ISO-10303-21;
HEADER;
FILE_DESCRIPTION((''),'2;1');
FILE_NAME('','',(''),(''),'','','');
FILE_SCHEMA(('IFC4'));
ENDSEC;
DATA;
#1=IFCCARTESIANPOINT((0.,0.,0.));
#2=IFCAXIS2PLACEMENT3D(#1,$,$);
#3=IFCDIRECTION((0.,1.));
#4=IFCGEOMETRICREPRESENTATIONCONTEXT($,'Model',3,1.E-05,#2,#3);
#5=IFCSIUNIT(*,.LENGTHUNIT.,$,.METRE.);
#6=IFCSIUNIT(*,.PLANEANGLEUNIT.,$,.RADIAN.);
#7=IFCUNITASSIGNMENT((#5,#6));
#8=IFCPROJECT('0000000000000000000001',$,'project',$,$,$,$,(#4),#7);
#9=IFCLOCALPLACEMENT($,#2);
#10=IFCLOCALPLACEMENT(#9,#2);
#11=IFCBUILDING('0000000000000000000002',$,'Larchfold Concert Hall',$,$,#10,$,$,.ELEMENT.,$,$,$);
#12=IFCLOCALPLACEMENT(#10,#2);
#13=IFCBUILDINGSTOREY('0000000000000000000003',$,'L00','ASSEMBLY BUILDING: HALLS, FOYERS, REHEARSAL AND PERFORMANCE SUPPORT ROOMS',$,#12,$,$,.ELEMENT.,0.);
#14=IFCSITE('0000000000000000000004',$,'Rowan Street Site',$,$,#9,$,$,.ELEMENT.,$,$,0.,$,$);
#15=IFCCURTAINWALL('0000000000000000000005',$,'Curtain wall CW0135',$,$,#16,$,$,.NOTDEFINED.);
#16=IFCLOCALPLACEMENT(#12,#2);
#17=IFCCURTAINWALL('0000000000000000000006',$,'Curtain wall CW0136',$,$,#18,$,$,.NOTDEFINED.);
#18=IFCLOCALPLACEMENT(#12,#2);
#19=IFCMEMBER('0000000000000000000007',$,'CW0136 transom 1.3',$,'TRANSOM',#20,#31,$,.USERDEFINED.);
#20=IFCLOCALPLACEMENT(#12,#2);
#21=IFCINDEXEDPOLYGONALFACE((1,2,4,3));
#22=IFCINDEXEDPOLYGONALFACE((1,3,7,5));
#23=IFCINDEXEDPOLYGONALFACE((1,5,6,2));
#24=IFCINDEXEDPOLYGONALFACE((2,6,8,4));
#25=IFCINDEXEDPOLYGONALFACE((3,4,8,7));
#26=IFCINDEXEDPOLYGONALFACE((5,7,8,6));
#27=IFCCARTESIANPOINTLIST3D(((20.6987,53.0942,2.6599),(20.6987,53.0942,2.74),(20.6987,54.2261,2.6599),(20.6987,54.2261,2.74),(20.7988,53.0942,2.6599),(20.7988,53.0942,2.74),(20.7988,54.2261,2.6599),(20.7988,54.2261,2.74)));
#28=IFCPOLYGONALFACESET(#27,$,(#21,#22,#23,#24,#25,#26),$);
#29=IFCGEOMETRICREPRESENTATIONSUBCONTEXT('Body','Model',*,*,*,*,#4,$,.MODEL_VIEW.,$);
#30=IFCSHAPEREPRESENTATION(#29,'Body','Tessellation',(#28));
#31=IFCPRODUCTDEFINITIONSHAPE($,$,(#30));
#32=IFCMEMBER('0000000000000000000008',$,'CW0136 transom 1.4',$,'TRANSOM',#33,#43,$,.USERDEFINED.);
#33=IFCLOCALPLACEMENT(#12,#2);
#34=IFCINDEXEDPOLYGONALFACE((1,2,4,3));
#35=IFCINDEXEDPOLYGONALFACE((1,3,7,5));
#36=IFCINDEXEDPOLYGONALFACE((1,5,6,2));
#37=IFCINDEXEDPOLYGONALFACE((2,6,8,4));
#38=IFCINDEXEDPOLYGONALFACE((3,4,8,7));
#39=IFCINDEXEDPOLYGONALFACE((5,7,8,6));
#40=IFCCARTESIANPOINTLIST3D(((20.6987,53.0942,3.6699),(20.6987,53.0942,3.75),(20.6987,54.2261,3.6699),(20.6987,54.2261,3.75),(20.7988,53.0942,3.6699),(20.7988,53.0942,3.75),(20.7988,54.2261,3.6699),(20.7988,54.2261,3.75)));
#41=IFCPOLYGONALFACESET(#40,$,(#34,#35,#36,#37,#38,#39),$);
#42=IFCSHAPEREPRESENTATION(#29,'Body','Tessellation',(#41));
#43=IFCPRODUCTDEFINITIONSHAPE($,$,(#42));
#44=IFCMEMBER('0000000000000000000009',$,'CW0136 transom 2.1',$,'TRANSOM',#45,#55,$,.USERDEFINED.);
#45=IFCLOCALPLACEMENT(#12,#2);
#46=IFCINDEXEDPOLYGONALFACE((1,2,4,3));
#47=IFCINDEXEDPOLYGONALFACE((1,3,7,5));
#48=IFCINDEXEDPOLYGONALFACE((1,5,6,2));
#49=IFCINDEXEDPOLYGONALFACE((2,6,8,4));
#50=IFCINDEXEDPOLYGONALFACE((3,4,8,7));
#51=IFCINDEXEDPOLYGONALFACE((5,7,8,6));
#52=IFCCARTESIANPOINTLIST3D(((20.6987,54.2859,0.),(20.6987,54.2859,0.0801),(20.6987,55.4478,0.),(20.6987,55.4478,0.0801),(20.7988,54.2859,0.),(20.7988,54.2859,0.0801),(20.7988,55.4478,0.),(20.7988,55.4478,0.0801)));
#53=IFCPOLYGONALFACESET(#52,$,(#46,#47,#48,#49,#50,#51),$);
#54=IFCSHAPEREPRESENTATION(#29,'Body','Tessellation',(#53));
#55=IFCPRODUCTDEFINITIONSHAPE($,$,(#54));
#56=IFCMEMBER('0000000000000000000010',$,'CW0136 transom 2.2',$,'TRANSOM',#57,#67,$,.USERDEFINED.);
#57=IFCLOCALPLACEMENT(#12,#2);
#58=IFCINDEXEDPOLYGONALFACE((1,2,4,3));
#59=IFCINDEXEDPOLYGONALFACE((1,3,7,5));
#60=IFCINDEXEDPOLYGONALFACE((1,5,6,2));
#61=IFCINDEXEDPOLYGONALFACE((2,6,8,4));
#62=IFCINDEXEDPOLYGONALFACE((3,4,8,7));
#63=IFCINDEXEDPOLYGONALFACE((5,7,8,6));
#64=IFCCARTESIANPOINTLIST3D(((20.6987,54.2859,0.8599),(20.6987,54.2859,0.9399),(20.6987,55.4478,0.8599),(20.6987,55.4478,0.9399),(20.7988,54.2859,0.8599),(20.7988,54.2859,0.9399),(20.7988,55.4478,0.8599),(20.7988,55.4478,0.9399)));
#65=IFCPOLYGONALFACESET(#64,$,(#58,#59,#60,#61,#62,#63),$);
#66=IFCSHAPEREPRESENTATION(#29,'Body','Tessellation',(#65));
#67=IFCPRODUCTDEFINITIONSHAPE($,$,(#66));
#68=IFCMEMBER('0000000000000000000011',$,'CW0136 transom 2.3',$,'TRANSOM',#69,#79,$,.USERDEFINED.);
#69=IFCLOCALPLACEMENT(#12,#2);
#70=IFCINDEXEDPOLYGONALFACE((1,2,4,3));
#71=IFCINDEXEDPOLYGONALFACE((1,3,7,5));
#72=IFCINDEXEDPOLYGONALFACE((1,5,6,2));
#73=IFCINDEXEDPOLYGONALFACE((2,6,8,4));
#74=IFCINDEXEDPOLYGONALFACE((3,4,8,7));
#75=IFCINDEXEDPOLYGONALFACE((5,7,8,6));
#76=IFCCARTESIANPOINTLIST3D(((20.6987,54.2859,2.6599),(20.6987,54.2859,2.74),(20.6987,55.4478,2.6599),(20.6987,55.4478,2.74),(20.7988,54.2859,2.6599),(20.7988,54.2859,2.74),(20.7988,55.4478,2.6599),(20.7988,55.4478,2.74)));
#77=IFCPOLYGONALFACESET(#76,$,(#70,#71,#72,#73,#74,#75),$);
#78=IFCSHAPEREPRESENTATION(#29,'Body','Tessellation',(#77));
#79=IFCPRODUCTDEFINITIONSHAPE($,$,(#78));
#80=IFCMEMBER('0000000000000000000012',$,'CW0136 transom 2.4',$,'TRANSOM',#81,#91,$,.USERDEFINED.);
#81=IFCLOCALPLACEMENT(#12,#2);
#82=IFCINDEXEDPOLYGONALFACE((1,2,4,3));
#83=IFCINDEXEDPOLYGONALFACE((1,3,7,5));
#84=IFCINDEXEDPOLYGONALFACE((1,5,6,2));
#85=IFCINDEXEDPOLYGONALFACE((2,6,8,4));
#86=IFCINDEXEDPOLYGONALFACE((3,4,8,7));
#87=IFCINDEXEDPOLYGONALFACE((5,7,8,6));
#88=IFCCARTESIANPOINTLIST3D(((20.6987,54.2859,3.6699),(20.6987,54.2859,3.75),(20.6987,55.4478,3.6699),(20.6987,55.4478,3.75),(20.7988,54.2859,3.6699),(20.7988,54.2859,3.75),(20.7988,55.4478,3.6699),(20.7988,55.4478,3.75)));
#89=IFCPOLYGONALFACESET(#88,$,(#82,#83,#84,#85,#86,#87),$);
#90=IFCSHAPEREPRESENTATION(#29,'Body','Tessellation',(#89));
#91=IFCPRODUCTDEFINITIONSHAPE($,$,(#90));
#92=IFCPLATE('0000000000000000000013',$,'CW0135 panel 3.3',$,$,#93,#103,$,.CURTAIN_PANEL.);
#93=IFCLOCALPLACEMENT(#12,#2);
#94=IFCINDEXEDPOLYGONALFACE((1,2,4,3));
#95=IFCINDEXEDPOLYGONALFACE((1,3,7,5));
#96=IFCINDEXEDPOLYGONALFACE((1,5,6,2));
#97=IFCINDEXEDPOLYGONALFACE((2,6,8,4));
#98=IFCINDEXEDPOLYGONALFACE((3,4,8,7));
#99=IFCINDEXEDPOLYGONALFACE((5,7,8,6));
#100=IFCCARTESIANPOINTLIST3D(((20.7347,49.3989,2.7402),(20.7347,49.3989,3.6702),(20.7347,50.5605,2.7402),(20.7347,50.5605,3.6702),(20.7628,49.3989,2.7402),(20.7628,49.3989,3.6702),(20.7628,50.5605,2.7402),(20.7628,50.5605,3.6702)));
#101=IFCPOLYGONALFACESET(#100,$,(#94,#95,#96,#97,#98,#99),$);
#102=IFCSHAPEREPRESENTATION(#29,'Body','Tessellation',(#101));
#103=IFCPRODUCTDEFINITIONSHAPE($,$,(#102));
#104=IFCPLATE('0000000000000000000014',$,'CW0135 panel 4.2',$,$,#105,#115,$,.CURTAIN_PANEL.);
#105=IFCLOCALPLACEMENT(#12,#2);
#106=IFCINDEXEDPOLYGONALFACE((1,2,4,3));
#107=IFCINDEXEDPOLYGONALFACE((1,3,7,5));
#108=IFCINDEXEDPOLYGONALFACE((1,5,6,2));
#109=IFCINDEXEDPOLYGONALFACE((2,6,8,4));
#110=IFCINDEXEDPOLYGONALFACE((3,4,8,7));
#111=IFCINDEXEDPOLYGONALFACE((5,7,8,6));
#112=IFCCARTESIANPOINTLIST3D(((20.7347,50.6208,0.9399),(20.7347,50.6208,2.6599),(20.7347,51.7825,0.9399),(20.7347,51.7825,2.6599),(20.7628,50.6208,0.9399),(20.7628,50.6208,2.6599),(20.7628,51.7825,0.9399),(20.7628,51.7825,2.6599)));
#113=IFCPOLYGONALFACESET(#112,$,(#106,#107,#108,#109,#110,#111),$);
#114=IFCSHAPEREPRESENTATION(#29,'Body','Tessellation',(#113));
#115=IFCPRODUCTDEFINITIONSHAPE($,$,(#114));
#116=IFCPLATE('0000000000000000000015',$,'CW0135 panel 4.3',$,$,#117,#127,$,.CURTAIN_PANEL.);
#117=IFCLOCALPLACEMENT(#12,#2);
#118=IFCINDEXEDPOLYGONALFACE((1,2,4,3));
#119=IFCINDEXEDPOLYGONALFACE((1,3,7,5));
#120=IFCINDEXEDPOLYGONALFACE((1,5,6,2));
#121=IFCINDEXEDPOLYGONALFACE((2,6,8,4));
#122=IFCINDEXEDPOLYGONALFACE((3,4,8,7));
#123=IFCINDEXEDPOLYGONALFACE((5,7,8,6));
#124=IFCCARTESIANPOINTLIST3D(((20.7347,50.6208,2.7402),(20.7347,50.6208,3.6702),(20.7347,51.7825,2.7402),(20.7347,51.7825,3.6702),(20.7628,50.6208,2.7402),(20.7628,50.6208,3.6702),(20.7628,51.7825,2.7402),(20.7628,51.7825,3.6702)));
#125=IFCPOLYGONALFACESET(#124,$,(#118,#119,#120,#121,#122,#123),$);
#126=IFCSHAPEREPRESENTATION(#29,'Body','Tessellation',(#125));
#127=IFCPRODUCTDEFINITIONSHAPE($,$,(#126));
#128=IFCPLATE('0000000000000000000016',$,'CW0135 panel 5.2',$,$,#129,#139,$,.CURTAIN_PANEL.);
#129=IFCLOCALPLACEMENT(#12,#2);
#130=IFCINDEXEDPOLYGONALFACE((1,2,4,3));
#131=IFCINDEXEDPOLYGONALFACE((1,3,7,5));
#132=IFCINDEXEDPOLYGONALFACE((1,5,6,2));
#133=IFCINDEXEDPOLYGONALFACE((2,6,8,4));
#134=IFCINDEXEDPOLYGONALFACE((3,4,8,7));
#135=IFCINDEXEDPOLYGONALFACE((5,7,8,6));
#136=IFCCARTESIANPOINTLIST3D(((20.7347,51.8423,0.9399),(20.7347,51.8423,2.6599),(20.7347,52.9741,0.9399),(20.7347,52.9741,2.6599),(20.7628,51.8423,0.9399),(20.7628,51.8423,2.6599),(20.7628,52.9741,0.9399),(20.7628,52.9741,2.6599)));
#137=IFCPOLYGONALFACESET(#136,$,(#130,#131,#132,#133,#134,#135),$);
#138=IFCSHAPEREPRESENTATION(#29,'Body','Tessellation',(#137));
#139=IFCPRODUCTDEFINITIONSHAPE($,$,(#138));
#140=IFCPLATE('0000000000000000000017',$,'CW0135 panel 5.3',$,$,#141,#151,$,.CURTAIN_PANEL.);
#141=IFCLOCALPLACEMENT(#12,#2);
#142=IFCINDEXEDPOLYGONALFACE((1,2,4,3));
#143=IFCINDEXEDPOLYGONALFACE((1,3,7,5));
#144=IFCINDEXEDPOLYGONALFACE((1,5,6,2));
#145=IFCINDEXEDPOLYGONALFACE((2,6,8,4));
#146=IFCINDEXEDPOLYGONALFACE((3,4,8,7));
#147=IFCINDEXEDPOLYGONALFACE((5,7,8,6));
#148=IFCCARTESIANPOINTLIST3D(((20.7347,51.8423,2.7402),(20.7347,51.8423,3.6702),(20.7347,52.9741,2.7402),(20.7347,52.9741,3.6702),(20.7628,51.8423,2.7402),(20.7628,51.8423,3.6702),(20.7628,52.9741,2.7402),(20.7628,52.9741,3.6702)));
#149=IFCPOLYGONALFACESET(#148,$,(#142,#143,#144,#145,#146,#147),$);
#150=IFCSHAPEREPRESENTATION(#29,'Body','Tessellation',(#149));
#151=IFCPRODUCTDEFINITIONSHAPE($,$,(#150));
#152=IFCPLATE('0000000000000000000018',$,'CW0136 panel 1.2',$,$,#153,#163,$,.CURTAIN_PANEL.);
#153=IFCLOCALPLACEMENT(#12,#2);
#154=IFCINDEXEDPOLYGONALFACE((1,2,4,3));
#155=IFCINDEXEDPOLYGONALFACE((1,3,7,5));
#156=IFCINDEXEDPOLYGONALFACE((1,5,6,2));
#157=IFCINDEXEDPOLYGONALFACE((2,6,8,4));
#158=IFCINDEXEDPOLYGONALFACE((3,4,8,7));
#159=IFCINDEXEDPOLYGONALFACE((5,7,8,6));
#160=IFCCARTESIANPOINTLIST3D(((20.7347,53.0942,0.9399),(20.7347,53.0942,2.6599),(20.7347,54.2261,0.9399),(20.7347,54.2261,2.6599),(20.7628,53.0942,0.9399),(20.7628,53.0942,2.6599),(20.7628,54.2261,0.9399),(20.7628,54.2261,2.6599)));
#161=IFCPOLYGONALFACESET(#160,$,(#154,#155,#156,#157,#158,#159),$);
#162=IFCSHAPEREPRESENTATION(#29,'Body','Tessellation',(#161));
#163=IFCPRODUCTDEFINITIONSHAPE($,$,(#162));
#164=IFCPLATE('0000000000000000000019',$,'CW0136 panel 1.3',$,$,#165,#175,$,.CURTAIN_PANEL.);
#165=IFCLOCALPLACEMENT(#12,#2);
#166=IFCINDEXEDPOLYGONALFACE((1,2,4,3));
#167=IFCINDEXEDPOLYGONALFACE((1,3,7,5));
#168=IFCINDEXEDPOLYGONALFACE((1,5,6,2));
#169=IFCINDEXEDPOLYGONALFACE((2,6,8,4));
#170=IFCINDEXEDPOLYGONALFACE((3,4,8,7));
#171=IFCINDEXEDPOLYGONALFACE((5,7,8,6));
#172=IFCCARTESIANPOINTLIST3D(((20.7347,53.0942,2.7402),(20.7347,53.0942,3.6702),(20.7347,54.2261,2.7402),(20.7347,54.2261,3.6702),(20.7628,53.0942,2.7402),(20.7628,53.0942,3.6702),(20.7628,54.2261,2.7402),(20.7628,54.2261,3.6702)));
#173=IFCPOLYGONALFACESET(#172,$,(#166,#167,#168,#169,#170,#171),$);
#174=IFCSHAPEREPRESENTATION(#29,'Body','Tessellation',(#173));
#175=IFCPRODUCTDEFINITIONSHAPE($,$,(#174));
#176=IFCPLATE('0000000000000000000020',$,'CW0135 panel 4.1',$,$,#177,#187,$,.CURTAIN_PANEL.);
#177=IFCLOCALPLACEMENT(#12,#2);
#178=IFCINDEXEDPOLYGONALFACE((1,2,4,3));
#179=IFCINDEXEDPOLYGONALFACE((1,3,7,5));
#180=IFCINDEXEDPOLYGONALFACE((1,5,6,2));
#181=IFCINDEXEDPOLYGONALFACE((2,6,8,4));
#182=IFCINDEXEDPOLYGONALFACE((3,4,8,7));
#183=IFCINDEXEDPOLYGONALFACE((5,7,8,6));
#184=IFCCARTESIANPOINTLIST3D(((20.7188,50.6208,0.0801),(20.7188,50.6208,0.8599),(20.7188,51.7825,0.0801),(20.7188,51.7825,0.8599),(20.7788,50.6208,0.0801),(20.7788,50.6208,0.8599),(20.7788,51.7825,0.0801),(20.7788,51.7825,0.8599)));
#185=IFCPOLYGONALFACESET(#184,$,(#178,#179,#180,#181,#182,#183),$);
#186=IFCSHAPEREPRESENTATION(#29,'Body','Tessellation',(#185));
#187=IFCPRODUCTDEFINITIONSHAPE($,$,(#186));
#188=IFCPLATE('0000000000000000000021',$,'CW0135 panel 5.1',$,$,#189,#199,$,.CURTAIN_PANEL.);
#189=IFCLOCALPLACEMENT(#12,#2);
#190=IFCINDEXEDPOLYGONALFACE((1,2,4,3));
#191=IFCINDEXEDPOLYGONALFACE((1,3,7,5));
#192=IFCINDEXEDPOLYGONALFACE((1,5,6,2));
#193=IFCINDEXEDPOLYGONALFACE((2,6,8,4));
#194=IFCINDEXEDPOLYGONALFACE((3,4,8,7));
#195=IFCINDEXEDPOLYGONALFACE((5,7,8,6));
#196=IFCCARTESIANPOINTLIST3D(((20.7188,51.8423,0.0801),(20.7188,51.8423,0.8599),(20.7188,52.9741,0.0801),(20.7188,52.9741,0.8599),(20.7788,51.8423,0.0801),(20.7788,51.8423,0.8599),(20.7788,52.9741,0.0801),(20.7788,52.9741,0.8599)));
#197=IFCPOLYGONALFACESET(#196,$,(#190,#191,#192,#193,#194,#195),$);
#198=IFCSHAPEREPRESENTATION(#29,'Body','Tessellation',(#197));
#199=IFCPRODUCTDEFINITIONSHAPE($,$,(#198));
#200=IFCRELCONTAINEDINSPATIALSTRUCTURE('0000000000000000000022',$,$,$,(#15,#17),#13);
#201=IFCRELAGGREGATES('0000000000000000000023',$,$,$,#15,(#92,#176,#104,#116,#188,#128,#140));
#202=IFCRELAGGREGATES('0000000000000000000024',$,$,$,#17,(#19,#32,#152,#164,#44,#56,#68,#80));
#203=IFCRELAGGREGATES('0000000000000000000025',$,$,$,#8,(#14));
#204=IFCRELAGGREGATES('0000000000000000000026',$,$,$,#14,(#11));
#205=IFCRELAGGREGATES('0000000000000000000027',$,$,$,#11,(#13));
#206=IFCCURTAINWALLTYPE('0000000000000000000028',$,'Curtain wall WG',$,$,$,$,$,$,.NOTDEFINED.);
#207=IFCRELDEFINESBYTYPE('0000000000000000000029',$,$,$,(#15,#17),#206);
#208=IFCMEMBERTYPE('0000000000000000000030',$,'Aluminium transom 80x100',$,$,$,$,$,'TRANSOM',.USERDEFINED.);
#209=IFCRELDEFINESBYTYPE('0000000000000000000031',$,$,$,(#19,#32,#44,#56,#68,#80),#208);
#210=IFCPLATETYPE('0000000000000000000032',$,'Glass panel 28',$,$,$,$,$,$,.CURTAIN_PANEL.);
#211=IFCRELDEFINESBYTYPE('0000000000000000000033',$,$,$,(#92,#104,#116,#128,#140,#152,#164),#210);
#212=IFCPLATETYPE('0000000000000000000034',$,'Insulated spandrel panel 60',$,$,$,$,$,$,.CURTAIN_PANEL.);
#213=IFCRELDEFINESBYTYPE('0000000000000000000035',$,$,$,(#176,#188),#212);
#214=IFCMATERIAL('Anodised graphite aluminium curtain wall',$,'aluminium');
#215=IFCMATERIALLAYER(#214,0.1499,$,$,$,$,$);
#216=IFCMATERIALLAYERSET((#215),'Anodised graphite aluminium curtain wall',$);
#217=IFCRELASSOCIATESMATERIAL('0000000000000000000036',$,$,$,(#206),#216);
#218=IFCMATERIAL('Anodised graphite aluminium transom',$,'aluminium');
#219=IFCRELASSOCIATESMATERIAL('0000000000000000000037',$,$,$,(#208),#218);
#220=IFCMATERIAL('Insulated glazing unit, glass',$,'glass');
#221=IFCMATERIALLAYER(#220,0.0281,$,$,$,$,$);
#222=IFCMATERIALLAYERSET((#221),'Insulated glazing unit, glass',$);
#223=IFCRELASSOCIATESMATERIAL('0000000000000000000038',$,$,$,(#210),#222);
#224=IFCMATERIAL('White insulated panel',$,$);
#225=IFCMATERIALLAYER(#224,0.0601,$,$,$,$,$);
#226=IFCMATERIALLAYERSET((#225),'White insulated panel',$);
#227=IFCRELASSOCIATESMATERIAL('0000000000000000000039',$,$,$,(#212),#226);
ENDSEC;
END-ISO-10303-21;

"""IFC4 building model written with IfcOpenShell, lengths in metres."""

from ifc_helpers import new_model, si_unit, direction, frame, origin, origin_2d, place, context, subcontext, project, spatial, rectangle, extrude, material, layer, layer_set, material_profile, profile_set, type_object, element, aggregate, save


model = new_model("IFC4")

# Units and contexts
model_context = context("Model", 3, precision=1e-05, world=origin(), true_north=direction((0.0, 1.0)))
body_context = subcontext(model_context, "Body", "Model", "MODEL_VIEW")
ifc_project = project(units=[si_unit("LENGTHUNIT", "METRE"), si_unit("PLANEANGLEUNIT", "RADIAN")], contexts=[model_context])

# Site, building, storey
site_placement = place(None, origin())
site = spatial("IfcSite", under=ifc_project, at=site_placement, Name="Rowan Street Site", CompositionType="ELEMENT", RefElevation=0.0)
building_placement = place(site_placement, origin())
building = spatial("IfcBuilding", under=site, at=building_placement, Name="Larchfold Concert Hall", CompositionType="ELEMENT")
storey_placement = place(building_placement, origin())
storey = spatial("IfcBuildingStorey", under=building, at=storey_placement, Name="L00", Description="ASSEMBLY BUILDING: HALLS, FOYERS, REHEARSAL AND PERFORMANCE SUPPORT ROOMS", CompositionType="ELEMENT", Elevation=0.0)

# Curtain walls
ifc_material_1 = material(Name="Anodised graphite aluminium curtain wall", Category="aluminium")
ifc_layer_1 = layer(ifc_material_1, 0.1499)
ifc_layer_set_1 = layer_set([ifc_layer_1], Name="Anodised graphite aluminium curtain wall")
curtain_wall_type = type_object("IfcCurtainWallType", Name="Curtain wall WG", PredefinedType="NOTDEFINED", material=ifc_layer_set_1)
curtain_wall_1_placement = place(storey_placement, origin())
curtain_wall_1 = element("IfcCurtainWall", 1, at=curtain_wall_1_placement, inside=storey, type_object=curtain_wall_type, Name="Curtain wall CW0135", PredefinedType="NOTDEFINED")
curtain_wall_2_placement = place(storey_placement, origin())
curtain_wall_2 = element("IfcCurtainWall", 2, at=curtain_wall_2_placement, inside=storey, type_object=curtain_wall_type, Name="Curtain wall CW0136", PredefinedType="NOTDEFINED")

# Members
ifc_material_2 = material(Name="Anodised graphite aluminium transom", Category="aluminium")
ifc_material_profile_1 = material_profile(ifc_material_2, rectangle(XDim=0.1001, YDim=0.0801, at=origin_2d()))
ifc_profile_set_1 = profile_set([ifc_material_profile_1], Name="Anodised graphite aluminium transom")
member_type_1 = type_object("IfcMemberType", Name="Aluminium transom 80x100", ElementType="TRANSOM", PredefinedType="USERDEFINED", material=ifc_profile_set_1)
member_1_placement = place(storey_placement, frame((20.7488, 53.0942, 2.7), z_axis=(0.0, 1.0, 0.0), x_axis=(-1.0, 0.0, 0.0)))
member_1 = element("IfcMember", 3, at=member_1_placement, type_object=member_type_1, Name="CW0136 transom 1.3", ObjectType="TRANSOM", PredefinedType="USERDEFINED", context=body_context, shape_type="SweptSolid", body=[
    extrude(rectangle(XDim=0.1001, YDim=0.0801, at=origin_2d()), origin(), (0.0, 0.0, 1.0), 1.1318),
])
member_2_placement = place(storey_placement, frame((20.7488, 53.0942, 3.71), z_axis=(0.0, 1.0, 0.0), x_axis=(-1.0, 0.0, 0.0)))
member_2 = element("IfcMember", 4, at=member_2_placement, type_object=member_type_1, Name="CW0136 transom 1.4", ObjectType="TRANSOM", PredefinedType="USERDEFINED", context=body_context, shape_type="SweptSolid", body=[
    extrude(rectangle(XDim=0.1001, YDim=0.0801, at=origin_2d()), origin(), (0.0, 0.0, 1.0), 1.1318),
])
member_3_placement = place(storey_placement, frame((20.7488, 54.2859, 0.04), z_axis=(0.0, 1.0, 0.0), x_axis=(-1.0, 0.0, 0.0)))
member_3 = element("IfcMember", 5, at=member_3_placement, type_object=member_type_1, Name="CW0136 transom 2.1", ObjectType="TRANSOM", PredefinedType="USERDEFINED", context=body_context, shape_type="SweptSolid", body=[
    extrude(rectangle(XDim=0.1001, YDim=0.0801, at=origin_2d()), origin(), (0.0, 0.0, 1.0), 1.1619),
])
member_4_placement = place(storey_placement, frame((20.7488, 54.2859, 0.8999), z_axis=(0.0, 1.0, 0.0), x_axis=(-1.0, 0.0, 0.0)))
member_4 = element("IfcMember", 6, at=member_4_placement, type_object=member_type_1, Name="CW0136 transom 2.2", ObjectType="TRANSOM", PredefinedType="USERDEFINED", context=body_context, shape_type="SweptSolid", body=[
    extrude(rectangle(XDim=0.1001, YDim=0.0801, at=origin_2d()), origin(), (0.0, 0.0, 1.0), 1.1619),
])
member_5_placement = place(storey_placement, frame((20.7488, 54.2859, 2.7), z_axis=(0.0, 1.0, 0.0), x_axis=(-1.0, 0.0, 0.0)))
member_5 = element("IfcMember", 7, at=member_5_placement, type_object=member_type_1, Name="CW0136 transom 2.3", ObjectType="TRANSOM", PredefinedType="USERDEFINED", context=body_context, shape_type="SweptSolid", body=[
    extrude(rectangle(XDim=0.1001, YDim=0.0801, at=origin_2d()), origin(), (0.0, 0.0, 1.0), 1.1619),
])
member_6_placement = place(storey_placement, frame((20.7488, 54.2859, 3.71), z_axis=(0.0, 1.0, 0.0), x_axis=(-1.0, 0.0, 0.0)))
member_6 = element("IfcMember", 8, at=member_6_placement, type_object=member_type_1, Name="CW0136 transom 2.4", ObjectType="TRANSOM", PredefinedType="USERDEFINED", context=body_context, shape_type="SweptSolid", body=[
    extrude(rectangle(XDim=0.1001, YDim=0.0801, at=origin_2d()), origin(), (0.0, 0.0, 1.0), 1.1619),
])

# Plates
ifc_material_3 = material(Name="Insulated glazing unit, glass", Category="glass")
ifc_layer_2 = layer(ifc_material_3, 0.0281)
ifc_layer_set_2 = layer_set([ifc_layer_2], Name="Insulated glazing unit, glass")
plate_type_1 = type_object("IfcPlateType", Name="Glass panel 28", PredefinedType="CURTAIN_PANEL", material=ifc_layer_set_2)
plate_1_placement = place(storey_placement, frame((20.7488, 49.9797, 2.7402), z_axis=(0.0, 0.0, 1.0), x_axis=(0.0, 1.0, 0.0)))
plate_1 = element("IfcPlate", 9, at=plate_1_placement, type_object=plate_type_1, Name="CW0135 panel 3.3", PredefinedType="CURTAIN_PANEL", context=body_context, shape_type="SweptSolid", body=[
    extrude(rectangle(XDim=1.1616, YDim=0.0281, at=origin_2d()), origin(), (0.0, 0.0, 1.0), 0.9299),
])
plate_2_placement = place(storey_placement, frame((20.7488, 51.2017, 0.9399), z_axis=(0.0, 0.0, 1.0), x_axis=(0.0, 1.0, 0.0)))
plate_2 = element("IfcPlate", 10, at=plate_2_placement, type_object=plate_type_1, Name="CW0135 panel 4.2", PredefinedType="CURTAIN_PANEL", context=body_context, shape_type="SweptSolid", body=[
    extrude(rectangle(XDim=1.1616, YDim=0.0281, at=origin_2d()), origin(), (0.0, 0.0, 1.0), 1.72),
])
plate_3_placement = place(storey_placement, frame((20.7488, 51.2017, 2.7402), z_axis=(0.0, 0.0, 1.0), x_axis=(0.0, 1.0, 0.0)))
plate_3 = element("IfcPlate", 11, at=plate_3_placement, type_object=plate_type_1, Name="CW0135 panel 4.3", PredefinedType="CURTAIN_PANEL", context=body_context, shape_type="SweptSolid", body=[
    extrude(rectangle(XDim=1.1616, YDim=0.0281, at=origin_2d()), origin(), (0.0, 0.0, 1.0), 0.9299),
])
plate_4_placement = place(storey_placement, frame((20.7488, 52.4082, 0.9399), z_axis=(0.0, 0.0, 1.0), x_axis=(0.0, 1.0, 0.0)))
plate_4 = element("IfcPlate", 12, at=plate_4_placement, type_object=plate_type_1, Name="CW0135 panel 5.2", PredefinedType="CURTAIN_PANEL", context=body_context, shape_type="SweptSolid", body=[
    extrude(rectangle(XDim=1.1318, YDim=0.0281, at=origin_2d()), origin(), (0.0, 0.0, 1.0), 1.72),
])
plate_5_placement = place(storey_placement, frame((20.7488, 52.4082, 2.7402), z_axis=(0.0, 0.0, 1.0), x_axis=(0.0, 1.0, 0.0)))
plate_5 = element("IfcPlate", 13, at=plate_5_placement, type_object=plate_type_1, Name="CW0135 panel 5.3", PredefinedType="CURTAIN_PANEL", context=body_context, shape_type="SweptSolid", body=[
    extrude(rectangle(XDim=1.1318, YDim=0.0281, at=origin_2d()), origin(), (0.0, 0.0, 1.0), 0.9299),
])
plate_6_placement = place(storey_placement, frame((20.7488, 53.6602, 0.9399), z_axis=(0.0, 0.0, 1.0), x_axis=(0.0, 1.0, 0.0)))
plate_6 = element("IfcPlate", 14, at=plate_6_placement, type_object=plate_type_1, Name="CW0136 panel 1.2", PredefinedType="CURTAIN_PANEL", context=body_context, shape_type="SweptSolid", body=[
    extrude(rectangle(XDim=1.1318, YDim=0.0281, at=origin_2d()), origin(), (0.0, 0.0, 1.0), 1.72),
])
plate_7_placement = place(storey_placement, frame((20.7488, 53.6602, 2.7402), z_axis=(0.0, 0.0, 1.0), x_axis=(0.0, 1.0, 0.0)))
plate_7 = element("IfcPlate", 15, at=plate_7_placement, type_object=plate_type_1, Name="CW0136 panel 1.3", PredefinedType="CURTAIN_PANEL", context=body_context, shape_type="SweptSolid", body=[
    extrude(rectangle(XDim=1.1318, YDim=0.0281, at=origin_2d()), origin(), (0.0, 0.0, 1.0), 0.9299),
])
ifc_material_4 = material(Name="White insulated panel")
ifc_layer_3 = layer(ifc_material_4, 0.0601)
ifc_layer_set_3 = layer_set([ifc_layer_3], Name="White insulated panel")
plate_type_2 = type_object("IfcPlateType", Name="Insulated spandrel panel 60", PredefinedType="CURTAIN_PANEL", material=ifc_layer_set_3)
plate_8_placement = place(storey_placement, frame((20.7488, 51.2017, 0.0801), z_axis=(0.0, 0.0, 1.0), x_axis=(0.0, 1.0, 0.0)))
plate_8 = element("IfcPlate", 16, at=plate_8_placement, type_object=plate_type_2, Name="CW0135 panel 4.1", PredefinedType="CURTAIN_PANEL", context=body_context, shape_type="SweptSolid", body=[
    extrude(rectangle(XDim=1.1616, YDim=0.0601, at=origin_2d()), origin(), (0.0, 0.0, 1.0), 0.7798),
])
plate_9_placement = place(storey_placement, frame((20.7488, 52.4082, 0.0801), z_axis=(0.0, 0.0, 1.0), x_axis=(0.0, 1.0, 0.0)))
plate_9 = element("IfcPlate", 17, at=plate_9_placement, type_object=plate_type_2, Name="CW0135 panel 5.1", PredefinedType="CURTAIN_PANEL", context=body_context, shape_type="SweptSolid", body=[
    extrude(rectangle(XDim=1.1318, YDim=0.0601, at=origin_2d()), origin(), (0.0, 0.0, 1.0), 0.7798),
])
aggregate(curtain_wall_1, [plate_1, plate_8, plate_2, plate_3, plate_9, plate_4, plate_5])
aggregate(curtain_wall_2, [member_1, member_2, plate_6, plate_7, member_3, member_4, member_5, member_6])

save(model, "model.ifc")
